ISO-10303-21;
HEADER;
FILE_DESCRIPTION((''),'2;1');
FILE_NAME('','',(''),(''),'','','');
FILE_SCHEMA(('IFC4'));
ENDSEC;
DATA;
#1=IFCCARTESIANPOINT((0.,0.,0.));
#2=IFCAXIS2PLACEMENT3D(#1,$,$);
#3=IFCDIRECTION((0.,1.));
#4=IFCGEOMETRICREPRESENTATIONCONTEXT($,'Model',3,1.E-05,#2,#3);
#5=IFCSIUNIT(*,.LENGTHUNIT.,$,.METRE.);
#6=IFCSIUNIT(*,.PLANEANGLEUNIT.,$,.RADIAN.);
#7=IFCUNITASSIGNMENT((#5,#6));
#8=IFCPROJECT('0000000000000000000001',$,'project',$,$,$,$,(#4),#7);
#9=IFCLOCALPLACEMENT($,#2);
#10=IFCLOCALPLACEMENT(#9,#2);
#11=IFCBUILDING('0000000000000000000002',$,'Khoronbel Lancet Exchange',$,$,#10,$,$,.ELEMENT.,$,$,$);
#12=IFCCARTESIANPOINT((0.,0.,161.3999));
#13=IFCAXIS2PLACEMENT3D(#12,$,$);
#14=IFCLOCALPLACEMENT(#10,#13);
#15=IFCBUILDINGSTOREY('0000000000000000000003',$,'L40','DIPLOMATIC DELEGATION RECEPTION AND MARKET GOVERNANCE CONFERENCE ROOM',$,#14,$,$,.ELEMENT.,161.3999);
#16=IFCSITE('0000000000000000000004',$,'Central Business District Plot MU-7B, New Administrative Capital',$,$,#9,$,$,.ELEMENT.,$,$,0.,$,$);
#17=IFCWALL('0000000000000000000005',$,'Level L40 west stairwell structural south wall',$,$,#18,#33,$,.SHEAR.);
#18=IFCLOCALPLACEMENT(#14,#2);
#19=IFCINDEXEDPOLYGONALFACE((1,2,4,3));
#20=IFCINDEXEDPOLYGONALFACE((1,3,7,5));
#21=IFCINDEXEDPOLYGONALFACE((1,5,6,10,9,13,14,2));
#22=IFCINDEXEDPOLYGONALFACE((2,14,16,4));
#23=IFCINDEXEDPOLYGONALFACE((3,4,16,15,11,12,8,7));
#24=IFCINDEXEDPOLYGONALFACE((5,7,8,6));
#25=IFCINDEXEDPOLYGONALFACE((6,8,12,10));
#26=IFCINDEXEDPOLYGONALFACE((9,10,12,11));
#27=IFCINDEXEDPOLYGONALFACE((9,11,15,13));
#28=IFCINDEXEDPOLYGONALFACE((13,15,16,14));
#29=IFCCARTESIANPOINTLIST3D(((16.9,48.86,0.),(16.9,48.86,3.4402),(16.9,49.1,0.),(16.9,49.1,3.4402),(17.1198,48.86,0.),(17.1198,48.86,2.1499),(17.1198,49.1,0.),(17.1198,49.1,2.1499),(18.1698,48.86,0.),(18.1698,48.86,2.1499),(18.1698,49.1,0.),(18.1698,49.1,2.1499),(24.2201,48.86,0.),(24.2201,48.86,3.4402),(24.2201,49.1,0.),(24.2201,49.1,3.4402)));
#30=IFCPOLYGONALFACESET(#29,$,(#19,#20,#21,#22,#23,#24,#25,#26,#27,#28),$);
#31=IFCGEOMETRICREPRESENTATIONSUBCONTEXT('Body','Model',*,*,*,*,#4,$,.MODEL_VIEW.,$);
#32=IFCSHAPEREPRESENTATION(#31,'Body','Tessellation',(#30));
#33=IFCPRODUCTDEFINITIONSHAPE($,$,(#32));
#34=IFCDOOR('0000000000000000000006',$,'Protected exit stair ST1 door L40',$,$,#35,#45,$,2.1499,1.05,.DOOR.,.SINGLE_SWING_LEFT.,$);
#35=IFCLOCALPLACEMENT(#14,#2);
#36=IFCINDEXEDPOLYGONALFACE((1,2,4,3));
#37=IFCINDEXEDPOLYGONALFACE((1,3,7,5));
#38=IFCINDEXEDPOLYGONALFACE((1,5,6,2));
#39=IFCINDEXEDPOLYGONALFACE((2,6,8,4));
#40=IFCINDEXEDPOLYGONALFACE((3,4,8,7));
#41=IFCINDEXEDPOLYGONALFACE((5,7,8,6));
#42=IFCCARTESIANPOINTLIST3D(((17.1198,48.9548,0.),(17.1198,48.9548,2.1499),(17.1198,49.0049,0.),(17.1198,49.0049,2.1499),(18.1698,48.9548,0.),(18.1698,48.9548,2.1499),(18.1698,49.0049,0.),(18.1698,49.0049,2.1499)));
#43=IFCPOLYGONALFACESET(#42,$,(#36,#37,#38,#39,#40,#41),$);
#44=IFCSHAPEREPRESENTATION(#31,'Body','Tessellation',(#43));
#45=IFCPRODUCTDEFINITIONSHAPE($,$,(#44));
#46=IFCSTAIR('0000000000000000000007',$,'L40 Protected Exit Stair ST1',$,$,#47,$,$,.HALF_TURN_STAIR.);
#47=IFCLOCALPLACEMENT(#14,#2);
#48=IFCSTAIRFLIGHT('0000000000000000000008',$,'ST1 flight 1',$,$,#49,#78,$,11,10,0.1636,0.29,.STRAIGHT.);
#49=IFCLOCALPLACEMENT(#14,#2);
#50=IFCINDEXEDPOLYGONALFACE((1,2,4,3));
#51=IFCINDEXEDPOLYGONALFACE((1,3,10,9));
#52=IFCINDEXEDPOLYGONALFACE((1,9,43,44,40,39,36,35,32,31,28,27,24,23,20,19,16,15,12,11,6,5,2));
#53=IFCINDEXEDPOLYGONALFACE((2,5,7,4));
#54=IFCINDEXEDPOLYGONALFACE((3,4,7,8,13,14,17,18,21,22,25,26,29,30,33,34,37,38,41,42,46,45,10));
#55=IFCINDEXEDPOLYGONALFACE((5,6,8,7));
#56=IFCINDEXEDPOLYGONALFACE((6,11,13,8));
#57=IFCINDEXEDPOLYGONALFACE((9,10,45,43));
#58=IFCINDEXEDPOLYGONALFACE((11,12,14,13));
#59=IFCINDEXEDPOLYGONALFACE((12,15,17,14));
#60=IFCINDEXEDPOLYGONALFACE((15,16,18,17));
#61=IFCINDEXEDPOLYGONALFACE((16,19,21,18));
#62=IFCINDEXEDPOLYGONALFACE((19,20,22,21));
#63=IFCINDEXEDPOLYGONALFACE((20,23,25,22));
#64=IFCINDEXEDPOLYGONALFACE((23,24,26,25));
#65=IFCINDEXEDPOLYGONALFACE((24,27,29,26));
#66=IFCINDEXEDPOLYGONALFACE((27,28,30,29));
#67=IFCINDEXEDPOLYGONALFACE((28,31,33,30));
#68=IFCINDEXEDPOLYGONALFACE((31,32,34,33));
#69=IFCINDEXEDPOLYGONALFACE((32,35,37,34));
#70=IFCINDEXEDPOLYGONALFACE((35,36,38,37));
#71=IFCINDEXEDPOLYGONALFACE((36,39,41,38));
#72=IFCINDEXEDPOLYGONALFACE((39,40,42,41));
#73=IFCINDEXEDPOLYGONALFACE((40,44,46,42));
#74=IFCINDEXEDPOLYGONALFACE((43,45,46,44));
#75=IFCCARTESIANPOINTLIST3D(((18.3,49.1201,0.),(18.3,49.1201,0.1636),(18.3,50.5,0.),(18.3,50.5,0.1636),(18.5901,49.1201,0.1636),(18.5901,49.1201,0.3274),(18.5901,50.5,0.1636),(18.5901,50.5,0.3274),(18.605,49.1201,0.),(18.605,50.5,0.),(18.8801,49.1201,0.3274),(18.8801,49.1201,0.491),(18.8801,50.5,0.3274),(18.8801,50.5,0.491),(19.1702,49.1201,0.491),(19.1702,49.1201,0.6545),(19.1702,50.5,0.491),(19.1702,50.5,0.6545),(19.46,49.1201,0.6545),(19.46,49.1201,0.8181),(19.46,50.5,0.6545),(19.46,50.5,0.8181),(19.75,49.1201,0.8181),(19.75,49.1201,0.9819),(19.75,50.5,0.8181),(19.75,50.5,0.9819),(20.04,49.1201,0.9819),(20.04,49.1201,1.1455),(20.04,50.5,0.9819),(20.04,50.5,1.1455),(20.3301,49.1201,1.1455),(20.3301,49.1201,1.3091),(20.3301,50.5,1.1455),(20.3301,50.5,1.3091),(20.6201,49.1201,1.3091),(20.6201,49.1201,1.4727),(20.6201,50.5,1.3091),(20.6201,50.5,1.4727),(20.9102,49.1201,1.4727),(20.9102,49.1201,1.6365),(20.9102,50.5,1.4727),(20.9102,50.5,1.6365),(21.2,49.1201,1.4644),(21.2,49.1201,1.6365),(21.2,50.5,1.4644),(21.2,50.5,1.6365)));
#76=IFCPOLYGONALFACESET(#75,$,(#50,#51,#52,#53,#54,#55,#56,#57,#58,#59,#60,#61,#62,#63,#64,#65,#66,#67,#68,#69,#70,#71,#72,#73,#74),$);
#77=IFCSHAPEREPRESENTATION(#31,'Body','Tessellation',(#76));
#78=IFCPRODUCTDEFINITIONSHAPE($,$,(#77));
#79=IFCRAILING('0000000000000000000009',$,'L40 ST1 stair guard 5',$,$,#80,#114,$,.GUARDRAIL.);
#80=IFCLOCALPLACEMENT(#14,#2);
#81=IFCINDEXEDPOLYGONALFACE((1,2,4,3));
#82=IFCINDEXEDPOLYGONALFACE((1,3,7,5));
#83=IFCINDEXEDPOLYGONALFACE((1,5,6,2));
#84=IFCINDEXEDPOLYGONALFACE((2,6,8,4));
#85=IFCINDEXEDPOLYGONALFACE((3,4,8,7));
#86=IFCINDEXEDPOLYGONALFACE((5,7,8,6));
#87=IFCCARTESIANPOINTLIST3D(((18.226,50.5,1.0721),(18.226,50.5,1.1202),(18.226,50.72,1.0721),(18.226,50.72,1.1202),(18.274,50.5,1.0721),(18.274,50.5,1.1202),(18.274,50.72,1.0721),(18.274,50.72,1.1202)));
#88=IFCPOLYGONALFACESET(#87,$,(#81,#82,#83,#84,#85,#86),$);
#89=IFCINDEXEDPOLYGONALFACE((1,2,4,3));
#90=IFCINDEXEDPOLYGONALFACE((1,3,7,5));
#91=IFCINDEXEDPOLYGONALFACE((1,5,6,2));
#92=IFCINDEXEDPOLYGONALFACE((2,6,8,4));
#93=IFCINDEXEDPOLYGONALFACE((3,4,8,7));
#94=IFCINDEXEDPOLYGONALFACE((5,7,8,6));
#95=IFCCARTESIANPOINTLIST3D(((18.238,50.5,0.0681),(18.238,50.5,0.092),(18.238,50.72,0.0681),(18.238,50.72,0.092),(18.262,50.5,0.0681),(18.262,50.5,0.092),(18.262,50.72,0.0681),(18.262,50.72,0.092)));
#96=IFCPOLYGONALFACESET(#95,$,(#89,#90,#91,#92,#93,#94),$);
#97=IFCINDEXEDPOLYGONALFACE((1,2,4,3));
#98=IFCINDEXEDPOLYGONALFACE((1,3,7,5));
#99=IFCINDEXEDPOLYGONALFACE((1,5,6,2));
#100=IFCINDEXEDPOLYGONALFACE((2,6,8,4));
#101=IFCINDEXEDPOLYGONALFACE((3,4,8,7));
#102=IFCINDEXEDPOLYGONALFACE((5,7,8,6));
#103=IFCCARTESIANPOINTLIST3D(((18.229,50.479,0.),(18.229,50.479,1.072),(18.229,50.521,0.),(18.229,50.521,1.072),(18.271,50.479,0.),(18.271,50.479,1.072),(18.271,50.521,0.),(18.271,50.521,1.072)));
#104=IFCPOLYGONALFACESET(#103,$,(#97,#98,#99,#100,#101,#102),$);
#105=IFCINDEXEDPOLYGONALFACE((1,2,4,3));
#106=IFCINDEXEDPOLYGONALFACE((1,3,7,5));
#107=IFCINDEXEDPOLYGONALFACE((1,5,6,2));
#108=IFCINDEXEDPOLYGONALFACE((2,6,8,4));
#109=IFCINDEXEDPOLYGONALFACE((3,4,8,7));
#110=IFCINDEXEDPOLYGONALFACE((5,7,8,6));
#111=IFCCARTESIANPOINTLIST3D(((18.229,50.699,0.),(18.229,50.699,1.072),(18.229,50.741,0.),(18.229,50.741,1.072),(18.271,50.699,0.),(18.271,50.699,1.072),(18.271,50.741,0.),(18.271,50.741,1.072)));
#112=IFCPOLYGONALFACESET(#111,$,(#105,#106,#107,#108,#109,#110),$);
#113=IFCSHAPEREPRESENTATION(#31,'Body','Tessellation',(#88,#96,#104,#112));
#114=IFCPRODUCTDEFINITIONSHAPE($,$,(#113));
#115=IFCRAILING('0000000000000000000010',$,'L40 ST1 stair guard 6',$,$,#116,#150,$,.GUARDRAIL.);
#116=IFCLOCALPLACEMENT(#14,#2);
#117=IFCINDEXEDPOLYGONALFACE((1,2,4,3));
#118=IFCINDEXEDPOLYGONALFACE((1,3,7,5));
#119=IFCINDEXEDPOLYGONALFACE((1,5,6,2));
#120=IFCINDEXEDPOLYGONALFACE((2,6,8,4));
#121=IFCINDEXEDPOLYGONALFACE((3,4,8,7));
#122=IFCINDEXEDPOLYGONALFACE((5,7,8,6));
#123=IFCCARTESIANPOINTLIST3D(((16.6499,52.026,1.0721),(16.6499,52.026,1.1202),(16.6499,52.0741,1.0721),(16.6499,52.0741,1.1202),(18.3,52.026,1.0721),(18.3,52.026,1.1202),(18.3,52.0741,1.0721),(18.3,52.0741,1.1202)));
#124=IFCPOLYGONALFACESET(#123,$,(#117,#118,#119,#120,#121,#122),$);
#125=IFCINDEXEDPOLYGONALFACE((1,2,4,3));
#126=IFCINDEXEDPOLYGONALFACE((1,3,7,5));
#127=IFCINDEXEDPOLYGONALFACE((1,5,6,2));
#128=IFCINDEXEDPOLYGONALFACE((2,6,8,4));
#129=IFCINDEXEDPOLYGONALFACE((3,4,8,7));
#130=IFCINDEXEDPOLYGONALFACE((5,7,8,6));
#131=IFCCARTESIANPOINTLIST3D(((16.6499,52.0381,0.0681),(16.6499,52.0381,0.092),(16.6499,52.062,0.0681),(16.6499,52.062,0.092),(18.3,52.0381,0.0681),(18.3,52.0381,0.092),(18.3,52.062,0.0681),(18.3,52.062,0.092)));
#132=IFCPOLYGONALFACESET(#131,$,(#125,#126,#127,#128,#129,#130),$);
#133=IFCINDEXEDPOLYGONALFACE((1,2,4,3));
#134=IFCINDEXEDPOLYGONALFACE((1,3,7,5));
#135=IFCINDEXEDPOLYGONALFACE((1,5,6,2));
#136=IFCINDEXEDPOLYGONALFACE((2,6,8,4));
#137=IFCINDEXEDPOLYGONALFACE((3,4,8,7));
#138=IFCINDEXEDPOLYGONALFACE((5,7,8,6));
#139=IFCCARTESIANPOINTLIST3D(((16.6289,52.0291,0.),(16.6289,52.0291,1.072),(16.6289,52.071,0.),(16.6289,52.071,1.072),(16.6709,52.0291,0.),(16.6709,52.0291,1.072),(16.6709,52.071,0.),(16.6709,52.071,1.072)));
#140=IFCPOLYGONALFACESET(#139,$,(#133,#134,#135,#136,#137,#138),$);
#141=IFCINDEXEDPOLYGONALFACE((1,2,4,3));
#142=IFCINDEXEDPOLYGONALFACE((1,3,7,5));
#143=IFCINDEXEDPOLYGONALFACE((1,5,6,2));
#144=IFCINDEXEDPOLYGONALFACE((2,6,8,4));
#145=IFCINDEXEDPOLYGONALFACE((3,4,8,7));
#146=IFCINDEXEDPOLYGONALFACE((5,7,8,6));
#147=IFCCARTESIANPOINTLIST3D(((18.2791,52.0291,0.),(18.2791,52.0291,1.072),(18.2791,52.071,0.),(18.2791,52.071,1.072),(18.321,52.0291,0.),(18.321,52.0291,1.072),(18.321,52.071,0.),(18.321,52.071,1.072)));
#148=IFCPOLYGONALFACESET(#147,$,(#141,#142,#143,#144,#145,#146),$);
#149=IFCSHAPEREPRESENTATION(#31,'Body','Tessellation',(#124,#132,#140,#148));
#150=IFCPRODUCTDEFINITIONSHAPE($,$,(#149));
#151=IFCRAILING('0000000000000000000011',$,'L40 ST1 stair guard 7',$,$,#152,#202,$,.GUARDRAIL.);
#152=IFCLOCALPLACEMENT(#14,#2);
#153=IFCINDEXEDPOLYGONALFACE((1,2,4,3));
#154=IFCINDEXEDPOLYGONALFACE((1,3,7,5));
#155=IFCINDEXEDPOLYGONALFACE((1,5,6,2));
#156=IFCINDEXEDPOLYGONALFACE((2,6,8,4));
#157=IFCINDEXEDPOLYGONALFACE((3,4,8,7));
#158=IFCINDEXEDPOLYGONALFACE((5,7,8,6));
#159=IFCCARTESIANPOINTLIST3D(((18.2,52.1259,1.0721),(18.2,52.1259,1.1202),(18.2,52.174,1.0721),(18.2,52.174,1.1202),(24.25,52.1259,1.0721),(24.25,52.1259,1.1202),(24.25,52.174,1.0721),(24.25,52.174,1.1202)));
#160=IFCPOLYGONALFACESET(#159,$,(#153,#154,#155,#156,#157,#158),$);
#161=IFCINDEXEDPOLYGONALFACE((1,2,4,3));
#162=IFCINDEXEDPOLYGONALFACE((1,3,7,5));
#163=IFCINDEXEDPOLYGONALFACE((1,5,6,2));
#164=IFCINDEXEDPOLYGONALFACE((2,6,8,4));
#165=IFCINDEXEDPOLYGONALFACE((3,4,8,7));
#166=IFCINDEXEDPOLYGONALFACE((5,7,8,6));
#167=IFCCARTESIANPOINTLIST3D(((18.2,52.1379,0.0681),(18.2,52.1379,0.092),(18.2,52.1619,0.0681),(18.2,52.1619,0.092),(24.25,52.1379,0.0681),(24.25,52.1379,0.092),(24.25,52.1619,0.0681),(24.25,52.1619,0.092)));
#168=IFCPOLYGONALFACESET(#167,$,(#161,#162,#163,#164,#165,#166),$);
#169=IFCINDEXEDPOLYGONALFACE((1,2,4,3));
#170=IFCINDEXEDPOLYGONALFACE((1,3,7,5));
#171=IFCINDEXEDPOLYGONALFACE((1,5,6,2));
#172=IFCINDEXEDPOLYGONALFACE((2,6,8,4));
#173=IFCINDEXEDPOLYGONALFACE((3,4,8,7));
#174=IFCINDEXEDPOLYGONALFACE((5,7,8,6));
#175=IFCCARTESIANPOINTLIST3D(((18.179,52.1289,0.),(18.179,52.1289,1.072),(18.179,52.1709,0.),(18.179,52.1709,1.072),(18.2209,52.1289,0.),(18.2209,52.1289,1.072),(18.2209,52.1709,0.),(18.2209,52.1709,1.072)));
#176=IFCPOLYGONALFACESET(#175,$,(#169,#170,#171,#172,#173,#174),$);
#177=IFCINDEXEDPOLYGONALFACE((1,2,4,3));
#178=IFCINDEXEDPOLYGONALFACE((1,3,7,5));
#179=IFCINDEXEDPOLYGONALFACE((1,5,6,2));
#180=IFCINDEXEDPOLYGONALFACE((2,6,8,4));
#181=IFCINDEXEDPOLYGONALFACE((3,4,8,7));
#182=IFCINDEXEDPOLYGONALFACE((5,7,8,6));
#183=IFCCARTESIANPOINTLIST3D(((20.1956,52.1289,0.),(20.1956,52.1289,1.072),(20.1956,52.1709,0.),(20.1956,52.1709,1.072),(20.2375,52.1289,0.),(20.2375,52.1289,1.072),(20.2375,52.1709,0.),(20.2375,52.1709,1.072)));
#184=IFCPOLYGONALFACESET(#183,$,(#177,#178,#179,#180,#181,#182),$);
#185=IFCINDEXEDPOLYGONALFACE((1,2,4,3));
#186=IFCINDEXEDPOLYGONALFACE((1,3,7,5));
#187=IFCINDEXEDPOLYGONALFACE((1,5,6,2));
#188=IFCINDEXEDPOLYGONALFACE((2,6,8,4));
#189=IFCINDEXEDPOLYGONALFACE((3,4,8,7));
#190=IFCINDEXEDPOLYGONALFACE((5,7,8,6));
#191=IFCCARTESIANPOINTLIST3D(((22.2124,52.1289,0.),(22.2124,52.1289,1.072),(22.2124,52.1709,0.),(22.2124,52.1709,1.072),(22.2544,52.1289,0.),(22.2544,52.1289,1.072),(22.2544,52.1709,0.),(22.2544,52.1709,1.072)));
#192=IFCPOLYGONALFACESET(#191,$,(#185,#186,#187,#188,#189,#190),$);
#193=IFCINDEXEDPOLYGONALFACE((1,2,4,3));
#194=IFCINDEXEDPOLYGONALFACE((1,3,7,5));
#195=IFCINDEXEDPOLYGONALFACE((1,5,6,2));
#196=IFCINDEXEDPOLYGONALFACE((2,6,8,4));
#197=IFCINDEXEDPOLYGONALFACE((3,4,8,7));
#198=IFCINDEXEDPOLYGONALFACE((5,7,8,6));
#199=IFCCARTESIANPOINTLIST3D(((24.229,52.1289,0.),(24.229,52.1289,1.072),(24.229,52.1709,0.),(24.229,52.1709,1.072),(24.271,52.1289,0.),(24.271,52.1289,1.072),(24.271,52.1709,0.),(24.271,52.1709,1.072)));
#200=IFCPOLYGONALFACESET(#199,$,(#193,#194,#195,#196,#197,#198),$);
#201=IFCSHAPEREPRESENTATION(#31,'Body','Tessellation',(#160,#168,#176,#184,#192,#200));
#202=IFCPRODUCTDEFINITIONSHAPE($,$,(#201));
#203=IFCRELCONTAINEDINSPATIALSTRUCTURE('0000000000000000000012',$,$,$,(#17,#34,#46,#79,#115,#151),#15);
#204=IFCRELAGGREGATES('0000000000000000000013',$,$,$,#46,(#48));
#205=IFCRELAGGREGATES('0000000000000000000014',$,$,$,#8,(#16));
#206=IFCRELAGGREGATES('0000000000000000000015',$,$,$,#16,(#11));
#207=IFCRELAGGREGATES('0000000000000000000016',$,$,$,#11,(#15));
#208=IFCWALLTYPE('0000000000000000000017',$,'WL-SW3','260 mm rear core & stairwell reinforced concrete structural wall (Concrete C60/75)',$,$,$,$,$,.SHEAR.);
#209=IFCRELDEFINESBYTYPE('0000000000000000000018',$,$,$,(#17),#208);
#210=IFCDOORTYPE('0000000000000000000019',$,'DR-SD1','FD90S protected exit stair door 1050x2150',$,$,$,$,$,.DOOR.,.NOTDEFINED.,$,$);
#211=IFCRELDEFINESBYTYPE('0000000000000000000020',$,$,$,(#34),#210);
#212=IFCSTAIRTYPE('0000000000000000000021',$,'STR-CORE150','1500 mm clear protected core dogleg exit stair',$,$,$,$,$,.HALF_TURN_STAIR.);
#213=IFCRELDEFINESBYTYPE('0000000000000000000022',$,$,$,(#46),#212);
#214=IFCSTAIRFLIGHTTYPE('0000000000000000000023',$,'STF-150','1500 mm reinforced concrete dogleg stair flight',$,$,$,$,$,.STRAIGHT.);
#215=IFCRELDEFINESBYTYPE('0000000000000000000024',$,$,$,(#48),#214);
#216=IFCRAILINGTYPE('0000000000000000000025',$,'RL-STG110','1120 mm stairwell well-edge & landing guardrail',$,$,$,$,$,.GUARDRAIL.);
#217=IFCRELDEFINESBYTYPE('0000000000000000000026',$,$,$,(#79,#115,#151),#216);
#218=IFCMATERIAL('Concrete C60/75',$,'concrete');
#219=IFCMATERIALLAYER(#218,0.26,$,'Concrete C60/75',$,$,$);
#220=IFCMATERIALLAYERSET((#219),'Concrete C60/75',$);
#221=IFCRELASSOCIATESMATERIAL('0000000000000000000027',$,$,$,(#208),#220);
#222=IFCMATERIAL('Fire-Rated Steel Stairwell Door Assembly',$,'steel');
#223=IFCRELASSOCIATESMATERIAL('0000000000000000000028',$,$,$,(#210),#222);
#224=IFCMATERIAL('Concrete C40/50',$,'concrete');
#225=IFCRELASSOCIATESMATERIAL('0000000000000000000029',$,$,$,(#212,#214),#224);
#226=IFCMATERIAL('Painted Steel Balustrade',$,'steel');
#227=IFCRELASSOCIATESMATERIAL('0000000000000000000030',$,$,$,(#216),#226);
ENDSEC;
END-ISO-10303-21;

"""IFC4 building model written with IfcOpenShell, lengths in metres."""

from ifc_helpers import new_model, si_unit, direction, frame, frame_2d, origin, origin_2d, place, context, subcontext, project, spatial, polyline, rectangle, outline, extrude, material, layer, layer_set, type_object, element, fill, aggregate, save


model = new_model("IFC4")

# Units and contexts
model_context = context("Model", 3, precision=1e-05, world=origin(), true_north=direction((0.0, 1.0)))
body_context = subcontext(model_context, "Body", "Model", "MODEL_VIEW")
ifc_project = project(units=[si_unit("LENGTHUNIT", "METRE"), si_unit("PLANEANGLEUNIT", "RADIAN")], contexts=[model_context])

# Site, building, storey
site_placement = place(None, origin())
site = spatial("IfcSite", under=ifc_project, at=site_placement, Name="Central Business District Plot MU-7B, New Administrative Capital", CompositionType="ELEMENT", RefElevation=0.0)
building_placement = place(site_placement, origin())
building = spatial("IfcBuilding", under=site, at=building_placement, Name="Khoronbel Lancet Exchange", CompositionType="ELEMENT")
storey_placement = place(building_placement, frame((0.0, 0.0, 161.3999)))
storey = spatial("IfcBuildingStorey", under=building, at=storey_placement, Name="L40", Description="DIPLOMATIC DELEGATION RECEPTION AND MARKET GOVERNANCE CONFERENCE ROOM", CompositionType="ELEMENT", Elevation=161.3999)

# Wall, opening, door
ifc_material_1 = material(Name="Concrete C60/75", Category="concrete")
ifc_layer_1 = layer(ifc_material_1, 0.26, Name="Concrete C60/75")
ifc_layer_set_1 = layer_set([ifc_layer_1], Name="Concrete C60/75")
wall_type_1 = type_object("IfcWallType", Name="WL-SW3", Description="260 mm rear core & stairwell reinforced concrete structural wall (Concrete C60/75)", PredefinedType="SHEAR", material=ifc_layer_set_1)
wall_1_placement = place(storey_placement, frame((16.8999, 48.98, 0.0), z_axis=(0.0, 0.0, 1.0), x_axis=(1.0, 0.0, 0.0)))
wall_1 = element("IfcWall", 1, at=wall_1_placement, inside=storey, type_object=wall_type_1, Name="Level L40 west stairwell structural south wall", PredefinedType="SHEAR", context=body_context, shape_type="SweptSolid", body=[
    extrude(rectangle(XDim=7.3201, YDim=0.24, at=frame_2d((3.6602, 0.0))), origin(), (0.0, 0.0, 1.0), 3.4402),
])
opening_1_placement = place(wall_1_placement, frame((0.22, 0.0, 0.0)))
opening_1 = element("IfcOpeningElement", 2, at=opening_1_placement, cuts=wall_1, PredefinedType="OPENING", context=body_context, shape_type="SweptSolid", body=[
    extrude(rectangle(XDim=1.05, YDim=2.1499, at=frame_2d((0.5249, 1.075))), frame((0.0, 0.1299, 0.0), z_axis=(0.0, -1.0, 0.0), x_axis=(1.0, 0.0, 0.0)), (0.0, 0.0, 1.0), 0.26),
])
ifc_material_2 = material(Name="Fire-Rated Steel Stairwell Door Assembly", Category="steel")
door_type_1 = type_object("IfcDoorType", Name="DR-SD1", Description="FD90S protected exit stair door 1050x2150", OperationType="NOTDEFINED", PredefinedType="DOOR", material=ifc_material_2)
door_1_placement = place(opening_1_placement, origin())
door_1 = element("IfcDoor", 3, at=door_1_placement, inside=storey, type_object=door_type_1, Name="Protected exit stair ST1 door L40", OperationType="SINGLE_SWING_LEFT", OverallHeight=2.1499, OverallWidth=1.05, PredefinedType="DOOR", context=body_context, shape_type="SweptSolid", body=[
    extrude(rectangle(XDim=1.05, YDim=2.1499, at=frame_2d((0.5249, 1.075))), frame((0.0, 0.0249, 0.0), z_axis=(0.0, -1.0, 0.0), x_axis=(1.0, 0.0, 0.0)), (0.0, 0.0, 1.0), 0.05),
])
fill(opening_1, door_1)

# Stair, stair flight
ifc_material_3 = material(Name="Concrete C40/50", Category="concrete")
stair_type = type_object("IfcStairType", Name="STR-CORE150", Description="1500 mm clear protected core dogleg exit stair", PredefinedType="HALF_TURN_STAIR", material=ifc_material_3)
stair_placement = place(storey_placement, origin())
stair = element("IfcStair", 4, at=stair_placement, inside=storey, type_object=stair_type, Name="L40 Protected Exit Stair ST1", PredefinedType="HALF_TURN_STAIR")
stair_flight_type = type_object("IfcStairFlightType", Name="STF-150", Description="1500 mm reinforced concrete dogleg stair flight", PredefinedType="STRAIGHT", material=ifc_material_3)
stair_flight_placement = place(storey_placement, frame((18.3, 49.8101, 0.0), z_axis=(0.0, 0.0, 1.0), x_axis=(1.0, 0.0, 0.0)))
stair_flight = element("IfcStairFlight", 5, at=stair_flight_placement, type_object=stair_flight_type, Name="ST1 flight 1", NumberOfRisers=11, NumberOfTreads=10, PredefinedType="STRAIGHT", RiserHeight=0.1636, TreadLength=0.29, context=body_context, shape_type="SweptSolid", body=[
    extrude(outline(polyline([(0.0, 0.0), (0.0, 0.1636), (0.29, 0.1636), (0.29, 0.3274), (0.5801, 0.3274), (0.5801, 0.491), (0.8701, 0.491), (0.8701, 0.6545), (1.1599, 0.6545), (1.1599, 0.8181), (1.45, 0.8181), (1.45, 0.9819), (1.74, 0.9819), (1.74, 1.1455), (2.03, 1.1455), (2.03, 1.3091), (2.3201, 1.3091), (2.3201, 1.4727), (2.6101, 1.4727), (2.6101, 1.6365), (2.8999, 1.6365), (2.8999, 1.8), (2.8999, 1.4644), (0.3049, 0.0), (0.0, 0.0)])), frame((0.0, 0.6899, 0.0), z_axis=(0.0, -1.0, 0.0), x_axis=(1.0, 0.0, 0.0)), (0.0, 0.0, 1.0), 1.3799),
])
aggregate(stair, [stair_flight])

# Railings
ifc_material_4 = material(Name="Painted Steel Balustrade", Category="steel")
railing_type_1 = type_object("IfcRailingType", Name="RL-STG110", Description="1120 mm stairwell well-edge & landing guardrail", PredefinedType="GUARDRAIL", material=ifc_material_4)
railing_1_placement = place(storey_placement, frame((18.25, 50.5, 0.0)))
element("IfcRailing", 6, at=railing_1_placement, inside=storey, type_object=railing_type_1, Name="L40 ST1 stair guard 5", PredefinedType="GUARDRAIL", context=body_context, shape_type="SweptSolid", body=[
    extrude(rectangle(XDim=0.0481, YDim=0.0481, at=origin_2d()), frame((0.0, 0.0, 1.0962), z_axis=(0.0, 1.0, 0.0), x_axis=(-1.0, 0.0, 0.0)), (0.0, 0.0, 1.0), 0.22),
    extrude(rectangle(XDim=0.0239, YDim=0.0239, at=origin_2d()), frame((0.0, 0.0, 0.0801), z_axis=(0.0, 1.0, 0.0), x_axis=(-1.0, 0.0, 0.0)), (0.0, 0.0, 1.0), 0.22),
    extrude(rectangle(XDim=0.042, YDim=0.042, at=origin_2d()), origin(), (0.0, 0.0, 1.0), 1.072),
    extrude(rectangle(XDim=0.042, YDim=0.042, at=origin_2d()), frame((0.0, 0.22, 0.0)), (0.0, 0.0, 1.0), 1.072),
])
railing_2_placement = place(storey_placement, frame((16.6499, 52.05, 0.0)))
element("IfcRailing", 7, at=railing_2_placement, inside=storey, type_object=railing_type_1, Name="L40 ST1 stair guard 6", PredefinedType="GUARDRAIL", context=body_context, shape_type="SweptSolid", body=[
    extrude(rectangle(XDim=0.0481, YDim=0.0481, at=origin_2d()), frame((0.0, 0.0, 1.0962), z_axis=(1.0, 0.0, 0.0), x_axis=(0.0, 1.0, 0.0)), (0.0, 0.0, 1.0), 1.6501),
    extrude(rectangle(XDim=0.0239, YDim=0.0239, at=origin_2d()), frame((0.0, 0.0, 0.0801), z_axis=(1.0, 0.0, 0.0), x_axis=(0.0, 1.0, 0.0)), (0.0, 0.0, 1.0), 1.6501),
    extrude(rectangle(XDim=0.042, YDim=0.042, at=origin_2d()), origin(), (0.0, 0.0, 1.0), 1.072),
    extrude(rectangle(XDim=0.042, YDim=0.042, at=origin_2d()), frame((1.6501, 0.0, 0.0)), (0.0, 0.0, 1.0), 1.072),
])
railing_3_placement = place(storey_placement, frame((18.2, 52.1499, 0.0)))
element("IfcRailing", 8, at=railing_3_placement, inside=storey, type_object=railing_type_1, Name="L40 ST1 stair guard 7", PredefinedType="GUARDRAIL", context=body_context, shape_type="SweptSolid", body=[
    extrude(rectangle(XDim=0.0481, YDim=0.0481, at=origin_2d()), frame((0.0, 0.0, 1.0962), z_axis=(1.0, 0.0, 0.0), x_axis=(0.0, 1.0, 0.0)), (0.0, 0.0, 1.0), 6.05),
    extrude(rectangle(XDim=0.0239, YDim=0.0239, at=origin_2d()), frame((0.0, 0.0, 0.0801), z_axis=(1.0, 0.0, 0.0), x_axis=(0.0, 1.0, 0.0)), (0.0, 0.0, 1.0), 6.05),
    extrude(rectangle(XDim=0.042, YDim=0.042, at=origin_2d()), origin(), (0.0, 0.0, 1.0), 1.072),
    extrude(rectangle(XDim=0.042, YDim=0.042, at=origin_2d()), frame((2.0166, 0.0, 0.0)), (0.0, 0.0, 1.0), 1.072),
    extrude(rectangle(XDim=0.042, YDim=0.042, at=origin_2d()), frame((4.0334, 0.0, 0.0)), (0.0, 0.0, 1.0), 1.072),
    extrude(rectangle(XDim=0.042, YDim=0.042, at=origin_2d()), frame((6.05, 0.0, 0.0)), (0.0, 0.0, 1.0), 1.072),
])

save(model, "model.ifc")
